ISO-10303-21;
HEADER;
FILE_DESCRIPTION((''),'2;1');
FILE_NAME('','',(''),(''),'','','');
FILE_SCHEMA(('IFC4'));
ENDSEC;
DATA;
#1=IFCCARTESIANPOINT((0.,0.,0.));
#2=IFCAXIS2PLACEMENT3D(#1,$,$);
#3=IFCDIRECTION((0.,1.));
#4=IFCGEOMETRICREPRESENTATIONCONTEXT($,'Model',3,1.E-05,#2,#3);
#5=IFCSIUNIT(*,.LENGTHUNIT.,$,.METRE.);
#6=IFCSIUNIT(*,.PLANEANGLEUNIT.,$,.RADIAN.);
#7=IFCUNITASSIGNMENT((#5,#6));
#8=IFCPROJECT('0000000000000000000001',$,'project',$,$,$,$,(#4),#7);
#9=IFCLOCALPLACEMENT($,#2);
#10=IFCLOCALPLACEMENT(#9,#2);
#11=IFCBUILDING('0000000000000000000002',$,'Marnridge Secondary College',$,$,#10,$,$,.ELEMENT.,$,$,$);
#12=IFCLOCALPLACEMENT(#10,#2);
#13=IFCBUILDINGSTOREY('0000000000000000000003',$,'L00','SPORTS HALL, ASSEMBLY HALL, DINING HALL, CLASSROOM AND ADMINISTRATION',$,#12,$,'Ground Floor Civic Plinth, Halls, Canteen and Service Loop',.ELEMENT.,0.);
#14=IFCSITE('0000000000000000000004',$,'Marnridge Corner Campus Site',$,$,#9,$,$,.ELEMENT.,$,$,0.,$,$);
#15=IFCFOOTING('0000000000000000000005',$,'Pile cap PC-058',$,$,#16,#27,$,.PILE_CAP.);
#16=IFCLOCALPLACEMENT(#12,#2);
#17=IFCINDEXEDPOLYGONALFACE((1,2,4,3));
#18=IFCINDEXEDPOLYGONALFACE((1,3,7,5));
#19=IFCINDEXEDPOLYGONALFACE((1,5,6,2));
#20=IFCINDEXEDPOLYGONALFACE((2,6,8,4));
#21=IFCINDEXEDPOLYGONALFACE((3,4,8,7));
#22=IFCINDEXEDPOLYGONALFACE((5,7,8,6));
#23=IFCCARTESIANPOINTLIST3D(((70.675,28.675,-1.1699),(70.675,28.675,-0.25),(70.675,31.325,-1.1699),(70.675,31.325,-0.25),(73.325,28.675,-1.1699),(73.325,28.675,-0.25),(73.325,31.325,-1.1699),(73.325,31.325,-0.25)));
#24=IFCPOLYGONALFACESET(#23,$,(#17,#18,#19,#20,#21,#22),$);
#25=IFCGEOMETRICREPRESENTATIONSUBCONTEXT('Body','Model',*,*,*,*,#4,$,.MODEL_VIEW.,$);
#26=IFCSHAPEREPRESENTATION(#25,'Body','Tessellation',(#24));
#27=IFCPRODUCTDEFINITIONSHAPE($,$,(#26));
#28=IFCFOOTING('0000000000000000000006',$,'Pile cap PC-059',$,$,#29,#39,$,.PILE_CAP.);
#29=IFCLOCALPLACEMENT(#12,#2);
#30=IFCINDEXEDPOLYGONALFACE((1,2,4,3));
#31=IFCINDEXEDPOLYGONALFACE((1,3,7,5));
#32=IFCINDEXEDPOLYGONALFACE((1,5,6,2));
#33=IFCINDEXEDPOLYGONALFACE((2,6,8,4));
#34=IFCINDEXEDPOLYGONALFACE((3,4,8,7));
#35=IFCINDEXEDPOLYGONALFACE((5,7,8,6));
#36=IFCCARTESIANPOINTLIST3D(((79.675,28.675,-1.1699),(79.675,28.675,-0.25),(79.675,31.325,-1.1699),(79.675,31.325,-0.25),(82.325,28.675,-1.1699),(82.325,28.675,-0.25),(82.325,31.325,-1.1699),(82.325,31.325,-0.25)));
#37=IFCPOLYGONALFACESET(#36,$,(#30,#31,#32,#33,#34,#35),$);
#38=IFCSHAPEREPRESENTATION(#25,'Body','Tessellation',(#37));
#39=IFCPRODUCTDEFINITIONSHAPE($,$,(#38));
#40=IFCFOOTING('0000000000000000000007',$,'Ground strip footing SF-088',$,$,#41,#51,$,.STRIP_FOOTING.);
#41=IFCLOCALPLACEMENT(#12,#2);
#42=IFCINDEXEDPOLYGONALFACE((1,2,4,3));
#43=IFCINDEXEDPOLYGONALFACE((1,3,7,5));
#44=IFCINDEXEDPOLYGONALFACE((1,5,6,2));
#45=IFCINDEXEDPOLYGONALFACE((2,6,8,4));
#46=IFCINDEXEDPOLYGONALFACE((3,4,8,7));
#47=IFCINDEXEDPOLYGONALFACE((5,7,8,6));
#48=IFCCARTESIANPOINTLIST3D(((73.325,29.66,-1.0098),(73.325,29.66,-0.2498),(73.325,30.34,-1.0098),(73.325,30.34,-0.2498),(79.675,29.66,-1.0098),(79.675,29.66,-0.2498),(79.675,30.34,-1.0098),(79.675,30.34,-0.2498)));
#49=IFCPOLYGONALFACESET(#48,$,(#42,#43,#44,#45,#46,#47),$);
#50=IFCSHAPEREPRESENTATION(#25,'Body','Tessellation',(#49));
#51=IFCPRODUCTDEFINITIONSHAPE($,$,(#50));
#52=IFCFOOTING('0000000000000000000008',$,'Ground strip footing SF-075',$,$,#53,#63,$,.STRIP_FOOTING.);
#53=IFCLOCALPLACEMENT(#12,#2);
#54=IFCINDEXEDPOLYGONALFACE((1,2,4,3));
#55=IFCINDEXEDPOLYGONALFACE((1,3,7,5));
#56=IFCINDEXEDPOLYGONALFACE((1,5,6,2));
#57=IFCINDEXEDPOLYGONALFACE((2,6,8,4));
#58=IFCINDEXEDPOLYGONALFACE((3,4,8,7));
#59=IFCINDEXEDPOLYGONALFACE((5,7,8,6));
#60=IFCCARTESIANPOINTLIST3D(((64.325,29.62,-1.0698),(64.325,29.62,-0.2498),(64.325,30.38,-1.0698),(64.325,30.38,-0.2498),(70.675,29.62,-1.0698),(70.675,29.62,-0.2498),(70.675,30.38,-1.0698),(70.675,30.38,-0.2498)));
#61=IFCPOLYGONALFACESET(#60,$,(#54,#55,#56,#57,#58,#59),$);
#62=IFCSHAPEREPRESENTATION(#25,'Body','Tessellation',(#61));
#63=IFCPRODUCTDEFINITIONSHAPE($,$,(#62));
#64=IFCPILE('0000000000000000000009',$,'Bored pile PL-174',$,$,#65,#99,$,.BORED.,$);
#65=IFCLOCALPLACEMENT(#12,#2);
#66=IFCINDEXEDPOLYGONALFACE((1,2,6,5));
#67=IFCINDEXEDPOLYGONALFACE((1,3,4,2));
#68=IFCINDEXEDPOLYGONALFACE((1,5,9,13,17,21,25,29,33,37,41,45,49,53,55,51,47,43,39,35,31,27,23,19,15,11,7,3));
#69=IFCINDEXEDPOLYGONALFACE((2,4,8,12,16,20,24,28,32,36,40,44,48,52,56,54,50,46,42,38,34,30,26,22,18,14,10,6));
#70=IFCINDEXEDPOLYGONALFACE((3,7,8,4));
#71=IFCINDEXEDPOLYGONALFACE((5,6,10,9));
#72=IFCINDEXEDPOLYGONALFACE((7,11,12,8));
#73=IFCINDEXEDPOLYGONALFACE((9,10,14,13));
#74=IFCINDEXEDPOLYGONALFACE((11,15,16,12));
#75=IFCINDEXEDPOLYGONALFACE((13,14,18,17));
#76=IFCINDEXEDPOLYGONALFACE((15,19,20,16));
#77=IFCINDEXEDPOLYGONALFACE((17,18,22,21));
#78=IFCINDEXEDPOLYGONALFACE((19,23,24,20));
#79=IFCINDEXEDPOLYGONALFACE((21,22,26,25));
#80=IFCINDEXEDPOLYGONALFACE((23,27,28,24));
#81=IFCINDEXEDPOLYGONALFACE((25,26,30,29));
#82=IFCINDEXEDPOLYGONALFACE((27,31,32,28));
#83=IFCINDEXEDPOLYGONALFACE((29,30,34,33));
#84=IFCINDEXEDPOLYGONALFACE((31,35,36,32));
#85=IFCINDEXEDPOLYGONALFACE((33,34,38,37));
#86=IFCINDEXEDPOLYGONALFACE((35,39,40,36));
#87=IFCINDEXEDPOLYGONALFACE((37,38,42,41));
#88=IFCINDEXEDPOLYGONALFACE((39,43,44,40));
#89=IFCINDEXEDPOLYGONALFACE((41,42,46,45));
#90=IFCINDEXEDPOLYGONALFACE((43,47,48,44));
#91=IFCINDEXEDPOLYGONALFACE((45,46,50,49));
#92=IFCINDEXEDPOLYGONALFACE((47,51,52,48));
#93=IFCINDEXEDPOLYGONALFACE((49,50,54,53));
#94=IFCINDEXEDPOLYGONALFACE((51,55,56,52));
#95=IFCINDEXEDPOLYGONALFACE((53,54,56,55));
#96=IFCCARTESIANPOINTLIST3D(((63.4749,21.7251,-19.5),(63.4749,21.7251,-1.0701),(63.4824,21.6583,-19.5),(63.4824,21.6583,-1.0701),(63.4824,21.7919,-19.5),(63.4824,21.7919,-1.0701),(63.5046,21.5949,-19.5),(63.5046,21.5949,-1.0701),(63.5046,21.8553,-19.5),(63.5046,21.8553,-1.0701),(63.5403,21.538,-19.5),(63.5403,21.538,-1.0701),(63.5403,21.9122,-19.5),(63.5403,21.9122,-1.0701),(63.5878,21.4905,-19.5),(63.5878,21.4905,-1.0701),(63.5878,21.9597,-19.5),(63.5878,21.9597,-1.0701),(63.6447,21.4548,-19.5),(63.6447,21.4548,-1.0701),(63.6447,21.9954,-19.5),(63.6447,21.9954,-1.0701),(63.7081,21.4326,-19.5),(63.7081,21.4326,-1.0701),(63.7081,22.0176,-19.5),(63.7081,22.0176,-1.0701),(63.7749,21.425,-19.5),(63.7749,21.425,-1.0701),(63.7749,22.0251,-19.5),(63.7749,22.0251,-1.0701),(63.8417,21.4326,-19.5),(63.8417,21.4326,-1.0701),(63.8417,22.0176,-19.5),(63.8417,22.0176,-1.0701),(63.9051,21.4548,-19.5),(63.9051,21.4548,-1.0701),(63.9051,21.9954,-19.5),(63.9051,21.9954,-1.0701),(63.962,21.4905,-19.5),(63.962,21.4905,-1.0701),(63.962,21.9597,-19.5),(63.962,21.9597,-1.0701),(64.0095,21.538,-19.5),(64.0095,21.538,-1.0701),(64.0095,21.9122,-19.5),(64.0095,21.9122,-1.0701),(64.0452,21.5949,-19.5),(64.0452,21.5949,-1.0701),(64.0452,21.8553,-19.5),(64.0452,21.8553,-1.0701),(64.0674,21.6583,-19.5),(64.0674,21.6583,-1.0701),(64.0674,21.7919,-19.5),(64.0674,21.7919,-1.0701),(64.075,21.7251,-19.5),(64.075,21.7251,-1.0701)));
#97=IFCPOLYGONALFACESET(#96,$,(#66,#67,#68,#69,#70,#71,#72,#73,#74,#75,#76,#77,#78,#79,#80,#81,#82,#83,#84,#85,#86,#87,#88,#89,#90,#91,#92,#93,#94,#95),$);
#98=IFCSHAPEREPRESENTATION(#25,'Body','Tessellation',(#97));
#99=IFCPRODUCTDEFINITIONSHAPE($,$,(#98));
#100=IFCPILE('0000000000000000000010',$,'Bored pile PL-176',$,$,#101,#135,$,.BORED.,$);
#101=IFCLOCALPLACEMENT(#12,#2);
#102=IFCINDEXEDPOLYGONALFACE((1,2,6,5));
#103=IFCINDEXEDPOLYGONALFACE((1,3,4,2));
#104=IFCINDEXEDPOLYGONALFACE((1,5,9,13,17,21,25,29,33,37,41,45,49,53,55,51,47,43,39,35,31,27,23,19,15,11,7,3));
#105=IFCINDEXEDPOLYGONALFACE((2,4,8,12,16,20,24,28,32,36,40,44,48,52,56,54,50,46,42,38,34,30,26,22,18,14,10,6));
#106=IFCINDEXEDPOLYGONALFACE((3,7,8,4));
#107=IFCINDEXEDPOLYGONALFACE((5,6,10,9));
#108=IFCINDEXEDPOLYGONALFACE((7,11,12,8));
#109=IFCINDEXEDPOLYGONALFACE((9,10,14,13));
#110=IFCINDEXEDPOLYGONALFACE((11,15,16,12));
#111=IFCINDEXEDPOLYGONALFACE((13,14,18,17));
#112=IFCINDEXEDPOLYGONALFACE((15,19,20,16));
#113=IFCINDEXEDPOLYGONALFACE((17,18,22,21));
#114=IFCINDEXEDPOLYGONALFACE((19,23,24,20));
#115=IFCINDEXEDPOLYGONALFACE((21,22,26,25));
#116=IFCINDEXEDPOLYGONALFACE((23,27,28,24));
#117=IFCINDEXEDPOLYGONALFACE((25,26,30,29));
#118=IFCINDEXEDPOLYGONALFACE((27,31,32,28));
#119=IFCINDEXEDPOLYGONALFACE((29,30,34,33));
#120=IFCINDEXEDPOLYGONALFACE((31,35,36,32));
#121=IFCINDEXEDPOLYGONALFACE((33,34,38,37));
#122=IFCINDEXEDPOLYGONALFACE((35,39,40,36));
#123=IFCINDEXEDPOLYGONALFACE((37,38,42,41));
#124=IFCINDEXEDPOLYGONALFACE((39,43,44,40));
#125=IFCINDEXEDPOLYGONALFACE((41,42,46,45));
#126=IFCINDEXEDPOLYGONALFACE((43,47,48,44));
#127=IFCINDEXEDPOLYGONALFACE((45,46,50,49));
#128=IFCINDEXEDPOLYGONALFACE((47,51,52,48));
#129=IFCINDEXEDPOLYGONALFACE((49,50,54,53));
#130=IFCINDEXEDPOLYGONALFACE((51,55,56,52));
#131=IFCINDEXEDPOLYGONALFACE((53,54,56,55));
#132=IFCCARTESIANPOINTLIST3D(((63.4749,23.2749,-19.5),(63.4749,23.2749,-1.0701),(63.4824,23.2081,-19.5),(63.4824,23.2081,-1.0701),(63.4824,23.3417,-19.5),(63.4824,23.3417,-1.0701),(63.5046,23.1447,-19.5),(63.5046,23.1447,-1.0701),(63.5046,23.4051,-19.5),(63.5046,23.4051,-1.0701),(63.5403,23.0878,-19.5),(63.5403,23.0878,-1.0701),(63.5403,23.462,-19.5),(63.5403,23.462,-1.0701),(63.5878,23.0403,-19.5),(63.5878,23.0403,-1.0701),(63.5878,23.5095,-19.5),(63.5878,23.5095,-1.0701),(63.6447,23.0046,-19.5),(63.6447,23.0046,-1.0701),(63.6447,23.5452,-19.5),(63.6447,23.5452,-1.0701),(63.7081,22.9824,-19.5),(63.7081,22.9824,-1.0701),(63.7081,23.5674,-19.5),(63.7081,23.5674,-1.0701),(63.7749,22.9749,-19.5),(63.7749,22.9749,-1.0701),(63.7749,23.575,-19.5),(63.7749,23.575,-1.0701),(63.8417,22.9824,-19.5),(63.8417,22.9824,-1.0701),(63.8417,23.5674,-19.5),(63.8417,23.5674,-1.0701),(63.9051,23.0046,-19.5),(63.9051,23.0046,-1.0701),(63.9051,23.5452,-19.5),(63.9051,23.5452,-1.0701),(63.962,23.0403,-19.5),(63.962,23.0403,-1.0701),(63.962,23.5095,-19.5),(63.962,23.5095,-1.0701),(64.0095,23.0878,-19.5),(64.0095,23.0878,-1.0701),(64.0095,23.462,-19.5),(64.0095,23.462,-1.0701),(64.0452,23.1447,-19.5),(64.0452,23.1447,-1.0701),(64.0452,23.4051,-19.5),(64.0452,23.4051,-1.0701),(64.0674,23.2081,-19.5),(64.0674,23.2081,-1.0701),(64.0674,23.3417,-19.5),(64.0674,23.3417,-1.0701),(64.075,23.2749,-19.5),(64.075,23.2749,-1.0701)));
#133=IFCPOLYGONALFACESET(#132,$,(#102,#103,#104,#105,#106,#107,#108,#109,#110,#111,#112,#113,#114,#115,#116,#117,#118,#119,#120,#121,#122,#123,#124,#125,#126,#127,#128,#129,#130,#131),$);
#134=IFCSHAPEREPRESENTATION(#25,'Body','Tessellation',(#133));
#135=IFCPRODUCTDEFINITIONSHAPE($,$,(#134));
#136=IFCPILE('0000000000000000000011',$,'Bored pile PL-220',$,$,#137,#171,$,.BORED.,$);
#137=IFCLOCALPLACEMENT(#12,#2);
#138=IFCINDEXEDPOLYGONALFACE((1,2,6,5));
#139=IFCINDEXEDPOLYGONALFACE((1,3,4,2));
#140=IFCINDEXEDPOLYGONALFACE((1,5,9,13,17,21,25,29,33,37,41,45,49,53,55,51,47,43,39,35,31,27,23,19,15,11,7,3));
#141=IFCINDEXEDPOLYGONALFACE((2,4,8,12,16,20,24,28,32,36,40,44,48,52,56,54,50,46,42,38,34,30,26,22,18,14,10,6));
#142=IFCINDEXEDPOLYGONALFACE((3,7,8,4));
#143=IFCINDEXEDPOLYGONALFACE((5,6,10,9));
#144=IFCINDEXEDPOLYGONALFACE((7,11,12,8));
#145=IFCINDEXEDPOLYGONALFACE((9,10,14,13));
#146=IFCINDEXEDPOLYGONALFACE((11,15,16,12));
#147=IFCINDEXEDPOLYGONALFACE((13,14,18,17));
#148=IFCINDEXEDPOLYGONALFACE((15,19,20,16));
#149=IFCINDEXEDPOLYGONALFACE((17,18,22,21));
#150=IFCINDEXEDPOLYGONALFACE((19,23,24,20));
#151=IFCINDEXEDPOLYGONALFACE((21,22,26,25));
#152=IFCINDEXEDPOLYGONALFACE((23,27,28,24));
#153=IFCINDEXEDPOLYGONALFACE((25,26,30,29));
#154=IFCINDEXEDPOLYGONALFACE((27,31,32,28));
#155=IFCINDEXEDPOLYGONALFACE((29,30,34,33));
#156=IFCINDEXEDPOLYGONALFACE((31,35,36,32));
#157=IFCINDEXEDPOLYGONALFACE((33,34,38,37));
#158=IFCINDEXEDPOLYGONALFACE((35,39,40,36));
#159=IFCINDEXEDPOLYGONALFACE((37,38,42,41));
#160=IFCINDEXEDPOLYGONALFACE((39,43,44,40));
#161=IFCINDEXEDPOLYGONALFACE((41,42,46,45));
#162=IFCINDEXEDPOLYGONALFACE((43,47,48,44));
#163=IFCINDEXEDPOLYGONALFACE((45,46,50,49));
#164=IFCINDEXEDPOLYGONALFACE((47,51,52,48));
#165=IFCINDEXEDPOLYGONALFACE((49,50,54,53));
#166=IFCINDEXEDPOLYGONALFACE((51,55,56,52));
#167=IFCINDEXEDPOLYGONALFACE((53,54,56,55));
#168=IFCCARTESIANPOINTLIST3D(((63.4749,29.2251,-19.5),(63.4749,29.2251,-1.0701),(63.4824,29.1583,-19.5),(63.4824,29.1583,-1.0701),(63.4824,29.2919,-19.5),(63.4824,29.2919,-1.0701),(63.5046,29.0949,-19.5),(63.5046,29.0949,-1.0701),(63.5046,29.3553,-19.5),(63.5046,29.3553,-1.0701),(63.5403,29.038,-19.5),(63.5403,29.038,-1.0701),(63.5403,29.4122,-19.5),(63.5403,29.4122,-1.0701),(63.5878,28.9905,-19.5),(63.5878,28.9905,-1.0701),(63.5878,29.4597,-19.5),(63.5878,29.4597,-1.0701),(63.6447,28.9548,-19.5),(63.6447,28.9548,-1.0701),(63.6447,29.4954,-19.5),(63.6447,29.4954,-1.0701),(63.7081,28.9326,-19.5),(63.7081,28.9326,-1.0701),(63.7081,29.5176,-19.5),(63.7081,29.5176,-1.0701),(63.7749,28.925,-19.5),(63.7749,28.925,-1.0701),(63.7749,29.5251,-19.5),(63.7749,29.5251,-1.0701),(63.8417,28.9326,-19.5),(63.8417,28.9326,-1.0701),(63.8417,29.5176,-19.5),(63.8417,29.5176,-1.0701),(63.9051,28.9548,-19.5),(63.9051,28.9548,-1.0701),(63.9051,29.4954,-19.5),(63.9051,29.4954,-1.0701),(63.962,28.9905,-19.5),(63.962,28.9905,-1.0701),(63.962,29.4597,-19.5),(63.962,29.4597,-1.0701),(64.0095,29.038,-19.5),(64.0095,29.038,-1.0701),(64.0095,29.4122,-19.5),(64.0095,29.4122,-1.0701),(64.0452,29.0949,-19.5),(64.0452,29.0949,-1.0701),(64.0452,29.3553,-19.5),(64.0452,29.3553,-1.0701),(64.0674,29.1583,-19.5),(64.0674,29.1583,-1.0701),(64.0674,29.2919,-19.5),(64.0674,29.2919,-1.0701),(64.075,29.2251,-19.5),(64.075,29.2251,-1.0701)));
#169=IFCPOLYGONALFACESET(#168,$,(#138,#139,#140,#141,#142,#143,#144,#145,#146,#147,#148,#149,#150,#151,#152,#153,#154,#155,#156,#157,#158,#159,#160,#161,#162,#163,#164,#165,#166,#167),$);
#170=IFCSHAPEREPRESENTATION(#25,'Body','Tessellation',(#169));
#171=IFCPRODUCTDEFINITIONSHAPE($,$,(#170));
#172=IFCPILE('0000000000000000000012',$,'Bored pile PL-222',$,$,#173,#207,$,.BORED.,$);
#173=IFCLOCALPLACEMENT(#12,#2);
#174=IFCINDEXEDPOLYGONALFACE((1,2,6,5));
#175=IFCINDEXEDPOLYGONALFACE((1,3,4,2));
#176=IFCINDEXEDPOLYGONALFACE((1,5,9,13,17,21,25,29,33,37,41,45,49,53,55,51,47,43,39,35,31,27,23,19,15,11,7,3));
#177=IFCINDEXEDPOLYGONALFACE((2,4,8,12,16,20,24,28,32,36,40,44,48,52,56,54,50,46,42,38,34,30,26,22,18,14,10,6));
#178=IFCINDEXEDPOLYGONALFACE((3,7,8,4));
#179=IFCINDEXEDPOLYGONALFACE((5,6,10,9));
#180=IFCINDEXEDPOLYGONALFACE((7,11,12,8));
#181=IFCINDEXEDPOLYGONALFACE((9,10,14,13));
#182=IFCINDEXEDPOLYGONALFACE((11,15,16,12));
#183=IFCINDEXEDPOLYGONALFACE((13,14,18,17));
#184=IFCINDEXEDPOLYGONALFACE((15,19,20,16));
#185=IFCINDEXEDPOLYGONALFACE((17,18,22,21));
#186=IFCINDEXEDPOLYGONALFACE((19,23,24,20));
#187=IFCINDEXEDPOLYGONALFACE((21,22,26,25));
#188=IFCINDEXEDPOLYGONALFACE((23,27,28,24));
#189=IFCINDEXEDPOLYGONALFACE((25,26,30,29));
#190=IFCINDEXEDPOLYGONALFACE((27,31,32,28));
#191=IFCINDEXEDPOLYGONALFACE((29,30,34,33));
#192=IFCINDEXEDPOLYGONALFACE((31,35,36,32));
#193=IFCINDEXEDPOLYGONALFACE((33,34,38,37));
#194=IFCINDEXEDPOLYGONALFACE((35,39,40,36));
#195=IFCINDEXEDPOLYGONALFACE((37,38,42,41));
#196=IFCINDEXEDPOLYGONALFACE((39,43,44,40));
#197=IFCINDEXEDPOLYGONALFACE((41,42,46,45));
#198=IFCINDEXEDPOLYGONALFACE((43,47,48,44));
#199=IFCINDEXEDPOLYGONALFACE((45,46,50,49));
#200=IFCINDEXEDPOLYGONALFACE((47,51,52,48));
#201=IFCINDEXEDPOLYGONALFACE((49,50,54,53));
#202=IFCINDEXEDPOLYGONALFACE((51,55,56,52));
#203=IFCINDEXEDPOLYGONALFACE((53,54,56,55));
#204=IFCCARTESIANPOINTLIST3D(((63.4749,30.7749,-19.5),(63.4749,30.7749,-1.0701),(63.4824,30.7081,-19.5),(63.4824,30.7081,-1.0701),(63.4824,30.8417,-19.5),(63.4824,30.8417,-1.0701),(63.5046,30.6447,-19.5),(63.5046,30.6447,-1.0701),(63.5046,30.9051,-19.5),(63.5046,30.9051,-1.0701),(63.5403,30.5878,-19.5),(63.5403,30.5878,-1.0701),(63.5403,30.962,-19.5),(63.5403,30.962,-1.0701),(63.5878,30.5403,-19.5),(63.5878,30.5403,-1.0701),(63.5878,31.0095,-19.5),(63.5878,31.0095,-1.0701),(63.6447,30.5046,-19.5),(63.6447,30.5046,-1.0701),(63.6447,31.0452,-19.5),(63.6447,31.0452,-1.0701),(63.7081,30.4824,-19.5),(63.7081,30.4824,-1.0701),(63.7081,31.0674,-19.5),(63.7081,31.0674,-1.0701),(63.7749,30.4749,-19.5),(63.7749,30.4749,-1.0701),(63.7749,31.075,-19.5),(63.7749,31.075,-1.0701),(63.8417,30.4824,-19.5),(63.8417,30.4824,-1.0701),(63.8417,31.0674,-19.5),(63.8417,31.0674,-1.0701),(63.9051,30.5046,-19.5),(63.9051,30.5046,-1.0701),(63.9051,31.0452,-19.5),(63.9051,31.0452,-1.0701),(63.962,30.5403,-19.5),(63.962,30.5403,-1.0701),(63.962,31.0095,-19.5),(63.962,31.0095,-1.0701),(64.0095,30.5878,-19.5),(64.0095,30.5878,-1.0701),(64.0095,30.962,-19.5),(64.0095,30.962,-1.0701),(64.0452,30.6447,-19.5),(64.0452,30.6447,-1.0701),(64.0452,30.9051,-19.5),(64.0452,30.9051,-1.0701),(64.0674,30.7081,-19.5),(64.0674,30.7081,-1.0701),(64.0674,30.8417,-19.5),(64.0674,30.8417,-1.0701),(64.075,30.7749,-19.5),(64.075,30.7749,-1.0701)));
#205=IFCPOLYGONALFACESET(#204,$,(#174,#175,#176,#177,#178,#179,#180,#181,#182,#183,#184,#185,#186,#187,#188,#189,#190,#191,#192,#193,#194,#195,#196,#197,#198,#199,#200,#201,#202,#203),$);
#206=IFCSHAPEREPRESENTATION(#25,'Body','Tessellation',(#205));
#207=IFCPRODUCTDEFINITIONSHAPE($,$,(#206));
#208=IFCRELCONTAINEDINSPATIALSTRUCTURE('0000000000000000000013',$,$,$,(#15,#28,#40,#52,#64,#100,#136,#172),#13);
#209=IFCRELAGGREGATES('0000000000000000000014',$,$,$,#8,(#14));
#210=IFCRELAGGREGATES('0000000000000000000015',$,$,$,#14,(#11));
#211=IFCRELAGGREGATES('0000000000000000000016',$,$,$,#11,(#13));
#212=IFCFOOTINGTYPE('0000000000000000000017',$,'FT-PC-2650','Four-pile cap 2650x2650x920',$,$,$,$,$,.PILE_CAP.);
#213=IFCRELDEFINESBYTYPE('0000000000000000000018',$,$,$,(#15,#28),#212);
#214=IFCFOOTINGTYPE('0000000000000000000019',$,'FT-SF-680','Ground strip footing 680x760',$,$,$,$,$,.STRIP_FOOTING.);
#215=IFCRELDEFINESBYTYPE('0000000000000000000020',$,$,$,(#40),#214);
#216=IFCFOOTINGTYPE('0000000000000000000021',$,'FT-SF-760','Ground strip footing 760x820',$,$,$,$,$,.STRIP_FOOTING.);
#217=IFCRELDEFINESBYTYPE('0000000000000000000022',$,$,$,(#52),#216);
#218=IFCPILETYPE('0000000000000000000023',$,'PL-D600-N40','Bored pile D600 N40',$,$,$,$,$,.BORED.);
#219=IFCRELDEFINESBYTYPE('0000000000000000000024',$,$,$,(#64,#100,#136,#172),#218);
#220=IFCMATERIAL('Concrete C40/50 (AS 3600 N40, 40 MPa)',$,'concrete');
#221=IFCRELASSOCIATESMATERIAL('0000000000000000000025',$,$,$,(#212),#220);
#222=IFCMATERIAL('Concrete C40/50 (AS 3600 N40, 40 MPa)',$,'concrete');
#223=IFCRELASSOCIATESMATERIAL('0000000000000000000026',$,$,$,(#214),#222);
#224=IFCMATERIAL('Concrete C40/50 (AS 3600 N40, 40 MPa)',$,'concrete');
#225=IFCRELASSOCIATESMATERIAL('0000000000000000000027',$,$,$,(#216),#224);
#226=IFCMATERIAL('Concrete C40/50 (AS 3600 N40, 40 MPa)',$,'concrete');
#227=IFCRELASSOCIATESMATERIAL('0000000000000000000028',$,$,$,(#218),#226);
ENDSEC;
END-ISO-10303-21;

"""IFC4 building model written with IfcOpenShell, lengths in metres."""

from ifc_helpers import new_model, si_unit, direction, frame, origin, origin_2d, place, context, subcontext, project, spatial, rectangle, circle, extrude, material, material_profile, profile_set, type_object, element, save


model = new_model("IFC4")

# Units and contexts
model_context = context("Model", 3, precision=1e-05, world=origin(), true_north=direction((0.0, 1.0)))
body_context = subcontext(model_context, "Body", "Model", "MODEL_VIEW")
ifc_project = project(units=[si_unit("LENGTHUNIT", "METRE"), si_unit("PLANEANGLEUNIT", "RADIAN")], contexts=[model_context])

# Site, building, storey
site_placement = place(None, origin())
site = spatial("IfcSite", under=ifc_project, at=site_placement, Name="Marnridge Corner Campus Site", CompositionType="ELEMENT", RefElevation=0.0)
building_placement = place(site_placement, origin())
building = spatial("IfcBuilding", under=site, at=building_placement, Name="Marnridge Secondary College", CompositionType="ELEMENT")
storey_placement = place(building_placement, origin())
storey = spatial("IfcBuildingStorey", under=building, at=storey_placement, Name="L00", Description="SPORTS HALL, ASSEMBLY HALL, DINING HALL, CLASSROOM AND ADMINISTRATION", LongName="Ground Floor Civic Plinth, Halls, Canteen and Service Loop", CompositionType="ELEMENT", Elevation=0.0)

# Footings
ifc_material_1 = material(Name="Concrete C40/50 (AS 3600 N40, 40 MPa)", Category="concrete")
footing_type_1 = type_object("IfcFootingType", Name="FT-PC-2650", Description="Four-pile cap 2650x2650x920", PredefinedType="PILE_CAP", material=ifc_material_1)
for number, where, z_axis, x_axis, name in (
    (1, (72.0, 30.0, -1.1699), (0.0, 0.0, 1.0), (1.0, 0.0, 0.0), "Pile cap PC-058"),
    (2, (81.0, 30.0, -1.1699), (0.0, 0.0, 1.0), (1.0, 0.0, 0.0), "Pile cap PC-059"),
):
    element("IfcFooting", number, at=place(storey_placement, frame(where, z_axis=z_axis, x_axis=x_axis)), inside=storey, type_object=footing_type_1, Name=name, PredefinedType="PILE_CAP", context=body_context, shape_type="SweptSolid", body=[
        extrude(rectangle(XDim=2.6499, YDim=2.6499, at=origin_2d()), origin(), (0.0, 0.0, 1.0), 0.9199),
    ])
ifc_material_2 = material(Name="Concrete C40/50 (AS 3600 N40, 40 MPa)", Category="concrete")
footing_type_2 = type_object("IfcFootingType", Name="FT-SF-680", Description="Ground strip footing 680x760", PredefinedType="STRIP_FOOTING", material=ifc_material_2)
footing_1_placement = place(storey_placement, frame((76.5, 30.0, -1.0098), z_axis=(0.0, 0.0, 1.0), x_axis=(1.0, 0.0, 0.0)))
element("IfcFooting", 3, at=footing_1_placement, inside=storey, type_object=footing_type_2, Name="Ground strip footing SF-088", PredefinedType="STRIP_FOOTING", context=body_context, shape_type="SweptSolid", body=[
    extrude(rectangle(XDim=6.3501, YDim=0.6799, at=origin_2d()), origin(), (0.0, 0.0, 1.0), 0.76),
])
ifc_material_3 = material(Name="Concrete C40/50 (AS 3600 N40, 40 MPa)", Category="concrete")
footing_type_3 = type_object("IfcFootingType", Name="FT-SF-760", Description="Ground strip footing 760x820", PredefinedType="STRIP_FOOTING", material=ifc_material_3)
footing_2_placement = place(storey_placement, frame((67.5, 30.0, -1.0698), z_axis=(0.0, 0.0, 1.0), x_axis=(1.0, 0.0, 0.0)))
element("IfcFooting", 4, at=footing_2_placement, inside=storey, type_object=footing_type_3, Name="Ground strip footing SF-075", PredefinedType="STRIP_FOOTING", context=body_context, shape_type="SweptSolid", body=[
    extrude(rectangle(XDim=6.3501, YDim=0.76, at=origin_2d()), origin(), (0.0, 0.0, 1.0), 0.8201),
])

# Piles
ifc_material_4 = material(Name="Concrete C40/50 (AS 3600 N40, 40 MPa)", Category="concrete")
ifc_material_profile_1 = material_profile(ifc_material_4, circle(Radius=0.3, at=origin_2d()), Name="PILE D600")
ifc_profile_set_1 = profile_set([ifc_material_profile_1], Name="Concrete C40/50 (AS 3600 N40, 40 MPa)")
pile_type = type_object("IfcPileType", Name="PL-D600-N40", Description="Bored pile D600 N40", PredefinedType="BORED", material=ifc_profile_set_1)
for number, where, z_axis, x_axis, name in (
    (5, (63.7749, 21.7251, -1.0701), (0.0, 0.0, -1.0), (1.0, 0.0, 0.0), "Bored pile PL-174"),
    (6, (63.7749, 23.2749, -1.0701), (0.0, 0.0, -1.0), (1.0, 0.0, 0.0), "Bored pile PL-176"),
    (7, (63.7749, 29.2251, -1.0701), (0.0, 0.0, -1.0), (1.0, 0.0, 0.0), "Bored pile PL-220"),
    (8, (63.7749, 30.7749, -1.0701), (0.0, 0.0, -1.0), (1.0, 0.0, 0.0), "Bored pile PL-222"),
):
    element("IfcPile", number, at=place(storey_placement, frame(where, z_axis=z_axis, x_axis=x_axis)), inside=storey, type_object=pile_type, Name=name, PredefinedType="BORED", context=body_context, shape_type="SweptSolid", body=[
        extrude(circle(Radius=0.3, at=origin_2d()), origin(), (0.0, 0.0, 1.0), 18.4299),
    ])

save(model, "model.ifc")
